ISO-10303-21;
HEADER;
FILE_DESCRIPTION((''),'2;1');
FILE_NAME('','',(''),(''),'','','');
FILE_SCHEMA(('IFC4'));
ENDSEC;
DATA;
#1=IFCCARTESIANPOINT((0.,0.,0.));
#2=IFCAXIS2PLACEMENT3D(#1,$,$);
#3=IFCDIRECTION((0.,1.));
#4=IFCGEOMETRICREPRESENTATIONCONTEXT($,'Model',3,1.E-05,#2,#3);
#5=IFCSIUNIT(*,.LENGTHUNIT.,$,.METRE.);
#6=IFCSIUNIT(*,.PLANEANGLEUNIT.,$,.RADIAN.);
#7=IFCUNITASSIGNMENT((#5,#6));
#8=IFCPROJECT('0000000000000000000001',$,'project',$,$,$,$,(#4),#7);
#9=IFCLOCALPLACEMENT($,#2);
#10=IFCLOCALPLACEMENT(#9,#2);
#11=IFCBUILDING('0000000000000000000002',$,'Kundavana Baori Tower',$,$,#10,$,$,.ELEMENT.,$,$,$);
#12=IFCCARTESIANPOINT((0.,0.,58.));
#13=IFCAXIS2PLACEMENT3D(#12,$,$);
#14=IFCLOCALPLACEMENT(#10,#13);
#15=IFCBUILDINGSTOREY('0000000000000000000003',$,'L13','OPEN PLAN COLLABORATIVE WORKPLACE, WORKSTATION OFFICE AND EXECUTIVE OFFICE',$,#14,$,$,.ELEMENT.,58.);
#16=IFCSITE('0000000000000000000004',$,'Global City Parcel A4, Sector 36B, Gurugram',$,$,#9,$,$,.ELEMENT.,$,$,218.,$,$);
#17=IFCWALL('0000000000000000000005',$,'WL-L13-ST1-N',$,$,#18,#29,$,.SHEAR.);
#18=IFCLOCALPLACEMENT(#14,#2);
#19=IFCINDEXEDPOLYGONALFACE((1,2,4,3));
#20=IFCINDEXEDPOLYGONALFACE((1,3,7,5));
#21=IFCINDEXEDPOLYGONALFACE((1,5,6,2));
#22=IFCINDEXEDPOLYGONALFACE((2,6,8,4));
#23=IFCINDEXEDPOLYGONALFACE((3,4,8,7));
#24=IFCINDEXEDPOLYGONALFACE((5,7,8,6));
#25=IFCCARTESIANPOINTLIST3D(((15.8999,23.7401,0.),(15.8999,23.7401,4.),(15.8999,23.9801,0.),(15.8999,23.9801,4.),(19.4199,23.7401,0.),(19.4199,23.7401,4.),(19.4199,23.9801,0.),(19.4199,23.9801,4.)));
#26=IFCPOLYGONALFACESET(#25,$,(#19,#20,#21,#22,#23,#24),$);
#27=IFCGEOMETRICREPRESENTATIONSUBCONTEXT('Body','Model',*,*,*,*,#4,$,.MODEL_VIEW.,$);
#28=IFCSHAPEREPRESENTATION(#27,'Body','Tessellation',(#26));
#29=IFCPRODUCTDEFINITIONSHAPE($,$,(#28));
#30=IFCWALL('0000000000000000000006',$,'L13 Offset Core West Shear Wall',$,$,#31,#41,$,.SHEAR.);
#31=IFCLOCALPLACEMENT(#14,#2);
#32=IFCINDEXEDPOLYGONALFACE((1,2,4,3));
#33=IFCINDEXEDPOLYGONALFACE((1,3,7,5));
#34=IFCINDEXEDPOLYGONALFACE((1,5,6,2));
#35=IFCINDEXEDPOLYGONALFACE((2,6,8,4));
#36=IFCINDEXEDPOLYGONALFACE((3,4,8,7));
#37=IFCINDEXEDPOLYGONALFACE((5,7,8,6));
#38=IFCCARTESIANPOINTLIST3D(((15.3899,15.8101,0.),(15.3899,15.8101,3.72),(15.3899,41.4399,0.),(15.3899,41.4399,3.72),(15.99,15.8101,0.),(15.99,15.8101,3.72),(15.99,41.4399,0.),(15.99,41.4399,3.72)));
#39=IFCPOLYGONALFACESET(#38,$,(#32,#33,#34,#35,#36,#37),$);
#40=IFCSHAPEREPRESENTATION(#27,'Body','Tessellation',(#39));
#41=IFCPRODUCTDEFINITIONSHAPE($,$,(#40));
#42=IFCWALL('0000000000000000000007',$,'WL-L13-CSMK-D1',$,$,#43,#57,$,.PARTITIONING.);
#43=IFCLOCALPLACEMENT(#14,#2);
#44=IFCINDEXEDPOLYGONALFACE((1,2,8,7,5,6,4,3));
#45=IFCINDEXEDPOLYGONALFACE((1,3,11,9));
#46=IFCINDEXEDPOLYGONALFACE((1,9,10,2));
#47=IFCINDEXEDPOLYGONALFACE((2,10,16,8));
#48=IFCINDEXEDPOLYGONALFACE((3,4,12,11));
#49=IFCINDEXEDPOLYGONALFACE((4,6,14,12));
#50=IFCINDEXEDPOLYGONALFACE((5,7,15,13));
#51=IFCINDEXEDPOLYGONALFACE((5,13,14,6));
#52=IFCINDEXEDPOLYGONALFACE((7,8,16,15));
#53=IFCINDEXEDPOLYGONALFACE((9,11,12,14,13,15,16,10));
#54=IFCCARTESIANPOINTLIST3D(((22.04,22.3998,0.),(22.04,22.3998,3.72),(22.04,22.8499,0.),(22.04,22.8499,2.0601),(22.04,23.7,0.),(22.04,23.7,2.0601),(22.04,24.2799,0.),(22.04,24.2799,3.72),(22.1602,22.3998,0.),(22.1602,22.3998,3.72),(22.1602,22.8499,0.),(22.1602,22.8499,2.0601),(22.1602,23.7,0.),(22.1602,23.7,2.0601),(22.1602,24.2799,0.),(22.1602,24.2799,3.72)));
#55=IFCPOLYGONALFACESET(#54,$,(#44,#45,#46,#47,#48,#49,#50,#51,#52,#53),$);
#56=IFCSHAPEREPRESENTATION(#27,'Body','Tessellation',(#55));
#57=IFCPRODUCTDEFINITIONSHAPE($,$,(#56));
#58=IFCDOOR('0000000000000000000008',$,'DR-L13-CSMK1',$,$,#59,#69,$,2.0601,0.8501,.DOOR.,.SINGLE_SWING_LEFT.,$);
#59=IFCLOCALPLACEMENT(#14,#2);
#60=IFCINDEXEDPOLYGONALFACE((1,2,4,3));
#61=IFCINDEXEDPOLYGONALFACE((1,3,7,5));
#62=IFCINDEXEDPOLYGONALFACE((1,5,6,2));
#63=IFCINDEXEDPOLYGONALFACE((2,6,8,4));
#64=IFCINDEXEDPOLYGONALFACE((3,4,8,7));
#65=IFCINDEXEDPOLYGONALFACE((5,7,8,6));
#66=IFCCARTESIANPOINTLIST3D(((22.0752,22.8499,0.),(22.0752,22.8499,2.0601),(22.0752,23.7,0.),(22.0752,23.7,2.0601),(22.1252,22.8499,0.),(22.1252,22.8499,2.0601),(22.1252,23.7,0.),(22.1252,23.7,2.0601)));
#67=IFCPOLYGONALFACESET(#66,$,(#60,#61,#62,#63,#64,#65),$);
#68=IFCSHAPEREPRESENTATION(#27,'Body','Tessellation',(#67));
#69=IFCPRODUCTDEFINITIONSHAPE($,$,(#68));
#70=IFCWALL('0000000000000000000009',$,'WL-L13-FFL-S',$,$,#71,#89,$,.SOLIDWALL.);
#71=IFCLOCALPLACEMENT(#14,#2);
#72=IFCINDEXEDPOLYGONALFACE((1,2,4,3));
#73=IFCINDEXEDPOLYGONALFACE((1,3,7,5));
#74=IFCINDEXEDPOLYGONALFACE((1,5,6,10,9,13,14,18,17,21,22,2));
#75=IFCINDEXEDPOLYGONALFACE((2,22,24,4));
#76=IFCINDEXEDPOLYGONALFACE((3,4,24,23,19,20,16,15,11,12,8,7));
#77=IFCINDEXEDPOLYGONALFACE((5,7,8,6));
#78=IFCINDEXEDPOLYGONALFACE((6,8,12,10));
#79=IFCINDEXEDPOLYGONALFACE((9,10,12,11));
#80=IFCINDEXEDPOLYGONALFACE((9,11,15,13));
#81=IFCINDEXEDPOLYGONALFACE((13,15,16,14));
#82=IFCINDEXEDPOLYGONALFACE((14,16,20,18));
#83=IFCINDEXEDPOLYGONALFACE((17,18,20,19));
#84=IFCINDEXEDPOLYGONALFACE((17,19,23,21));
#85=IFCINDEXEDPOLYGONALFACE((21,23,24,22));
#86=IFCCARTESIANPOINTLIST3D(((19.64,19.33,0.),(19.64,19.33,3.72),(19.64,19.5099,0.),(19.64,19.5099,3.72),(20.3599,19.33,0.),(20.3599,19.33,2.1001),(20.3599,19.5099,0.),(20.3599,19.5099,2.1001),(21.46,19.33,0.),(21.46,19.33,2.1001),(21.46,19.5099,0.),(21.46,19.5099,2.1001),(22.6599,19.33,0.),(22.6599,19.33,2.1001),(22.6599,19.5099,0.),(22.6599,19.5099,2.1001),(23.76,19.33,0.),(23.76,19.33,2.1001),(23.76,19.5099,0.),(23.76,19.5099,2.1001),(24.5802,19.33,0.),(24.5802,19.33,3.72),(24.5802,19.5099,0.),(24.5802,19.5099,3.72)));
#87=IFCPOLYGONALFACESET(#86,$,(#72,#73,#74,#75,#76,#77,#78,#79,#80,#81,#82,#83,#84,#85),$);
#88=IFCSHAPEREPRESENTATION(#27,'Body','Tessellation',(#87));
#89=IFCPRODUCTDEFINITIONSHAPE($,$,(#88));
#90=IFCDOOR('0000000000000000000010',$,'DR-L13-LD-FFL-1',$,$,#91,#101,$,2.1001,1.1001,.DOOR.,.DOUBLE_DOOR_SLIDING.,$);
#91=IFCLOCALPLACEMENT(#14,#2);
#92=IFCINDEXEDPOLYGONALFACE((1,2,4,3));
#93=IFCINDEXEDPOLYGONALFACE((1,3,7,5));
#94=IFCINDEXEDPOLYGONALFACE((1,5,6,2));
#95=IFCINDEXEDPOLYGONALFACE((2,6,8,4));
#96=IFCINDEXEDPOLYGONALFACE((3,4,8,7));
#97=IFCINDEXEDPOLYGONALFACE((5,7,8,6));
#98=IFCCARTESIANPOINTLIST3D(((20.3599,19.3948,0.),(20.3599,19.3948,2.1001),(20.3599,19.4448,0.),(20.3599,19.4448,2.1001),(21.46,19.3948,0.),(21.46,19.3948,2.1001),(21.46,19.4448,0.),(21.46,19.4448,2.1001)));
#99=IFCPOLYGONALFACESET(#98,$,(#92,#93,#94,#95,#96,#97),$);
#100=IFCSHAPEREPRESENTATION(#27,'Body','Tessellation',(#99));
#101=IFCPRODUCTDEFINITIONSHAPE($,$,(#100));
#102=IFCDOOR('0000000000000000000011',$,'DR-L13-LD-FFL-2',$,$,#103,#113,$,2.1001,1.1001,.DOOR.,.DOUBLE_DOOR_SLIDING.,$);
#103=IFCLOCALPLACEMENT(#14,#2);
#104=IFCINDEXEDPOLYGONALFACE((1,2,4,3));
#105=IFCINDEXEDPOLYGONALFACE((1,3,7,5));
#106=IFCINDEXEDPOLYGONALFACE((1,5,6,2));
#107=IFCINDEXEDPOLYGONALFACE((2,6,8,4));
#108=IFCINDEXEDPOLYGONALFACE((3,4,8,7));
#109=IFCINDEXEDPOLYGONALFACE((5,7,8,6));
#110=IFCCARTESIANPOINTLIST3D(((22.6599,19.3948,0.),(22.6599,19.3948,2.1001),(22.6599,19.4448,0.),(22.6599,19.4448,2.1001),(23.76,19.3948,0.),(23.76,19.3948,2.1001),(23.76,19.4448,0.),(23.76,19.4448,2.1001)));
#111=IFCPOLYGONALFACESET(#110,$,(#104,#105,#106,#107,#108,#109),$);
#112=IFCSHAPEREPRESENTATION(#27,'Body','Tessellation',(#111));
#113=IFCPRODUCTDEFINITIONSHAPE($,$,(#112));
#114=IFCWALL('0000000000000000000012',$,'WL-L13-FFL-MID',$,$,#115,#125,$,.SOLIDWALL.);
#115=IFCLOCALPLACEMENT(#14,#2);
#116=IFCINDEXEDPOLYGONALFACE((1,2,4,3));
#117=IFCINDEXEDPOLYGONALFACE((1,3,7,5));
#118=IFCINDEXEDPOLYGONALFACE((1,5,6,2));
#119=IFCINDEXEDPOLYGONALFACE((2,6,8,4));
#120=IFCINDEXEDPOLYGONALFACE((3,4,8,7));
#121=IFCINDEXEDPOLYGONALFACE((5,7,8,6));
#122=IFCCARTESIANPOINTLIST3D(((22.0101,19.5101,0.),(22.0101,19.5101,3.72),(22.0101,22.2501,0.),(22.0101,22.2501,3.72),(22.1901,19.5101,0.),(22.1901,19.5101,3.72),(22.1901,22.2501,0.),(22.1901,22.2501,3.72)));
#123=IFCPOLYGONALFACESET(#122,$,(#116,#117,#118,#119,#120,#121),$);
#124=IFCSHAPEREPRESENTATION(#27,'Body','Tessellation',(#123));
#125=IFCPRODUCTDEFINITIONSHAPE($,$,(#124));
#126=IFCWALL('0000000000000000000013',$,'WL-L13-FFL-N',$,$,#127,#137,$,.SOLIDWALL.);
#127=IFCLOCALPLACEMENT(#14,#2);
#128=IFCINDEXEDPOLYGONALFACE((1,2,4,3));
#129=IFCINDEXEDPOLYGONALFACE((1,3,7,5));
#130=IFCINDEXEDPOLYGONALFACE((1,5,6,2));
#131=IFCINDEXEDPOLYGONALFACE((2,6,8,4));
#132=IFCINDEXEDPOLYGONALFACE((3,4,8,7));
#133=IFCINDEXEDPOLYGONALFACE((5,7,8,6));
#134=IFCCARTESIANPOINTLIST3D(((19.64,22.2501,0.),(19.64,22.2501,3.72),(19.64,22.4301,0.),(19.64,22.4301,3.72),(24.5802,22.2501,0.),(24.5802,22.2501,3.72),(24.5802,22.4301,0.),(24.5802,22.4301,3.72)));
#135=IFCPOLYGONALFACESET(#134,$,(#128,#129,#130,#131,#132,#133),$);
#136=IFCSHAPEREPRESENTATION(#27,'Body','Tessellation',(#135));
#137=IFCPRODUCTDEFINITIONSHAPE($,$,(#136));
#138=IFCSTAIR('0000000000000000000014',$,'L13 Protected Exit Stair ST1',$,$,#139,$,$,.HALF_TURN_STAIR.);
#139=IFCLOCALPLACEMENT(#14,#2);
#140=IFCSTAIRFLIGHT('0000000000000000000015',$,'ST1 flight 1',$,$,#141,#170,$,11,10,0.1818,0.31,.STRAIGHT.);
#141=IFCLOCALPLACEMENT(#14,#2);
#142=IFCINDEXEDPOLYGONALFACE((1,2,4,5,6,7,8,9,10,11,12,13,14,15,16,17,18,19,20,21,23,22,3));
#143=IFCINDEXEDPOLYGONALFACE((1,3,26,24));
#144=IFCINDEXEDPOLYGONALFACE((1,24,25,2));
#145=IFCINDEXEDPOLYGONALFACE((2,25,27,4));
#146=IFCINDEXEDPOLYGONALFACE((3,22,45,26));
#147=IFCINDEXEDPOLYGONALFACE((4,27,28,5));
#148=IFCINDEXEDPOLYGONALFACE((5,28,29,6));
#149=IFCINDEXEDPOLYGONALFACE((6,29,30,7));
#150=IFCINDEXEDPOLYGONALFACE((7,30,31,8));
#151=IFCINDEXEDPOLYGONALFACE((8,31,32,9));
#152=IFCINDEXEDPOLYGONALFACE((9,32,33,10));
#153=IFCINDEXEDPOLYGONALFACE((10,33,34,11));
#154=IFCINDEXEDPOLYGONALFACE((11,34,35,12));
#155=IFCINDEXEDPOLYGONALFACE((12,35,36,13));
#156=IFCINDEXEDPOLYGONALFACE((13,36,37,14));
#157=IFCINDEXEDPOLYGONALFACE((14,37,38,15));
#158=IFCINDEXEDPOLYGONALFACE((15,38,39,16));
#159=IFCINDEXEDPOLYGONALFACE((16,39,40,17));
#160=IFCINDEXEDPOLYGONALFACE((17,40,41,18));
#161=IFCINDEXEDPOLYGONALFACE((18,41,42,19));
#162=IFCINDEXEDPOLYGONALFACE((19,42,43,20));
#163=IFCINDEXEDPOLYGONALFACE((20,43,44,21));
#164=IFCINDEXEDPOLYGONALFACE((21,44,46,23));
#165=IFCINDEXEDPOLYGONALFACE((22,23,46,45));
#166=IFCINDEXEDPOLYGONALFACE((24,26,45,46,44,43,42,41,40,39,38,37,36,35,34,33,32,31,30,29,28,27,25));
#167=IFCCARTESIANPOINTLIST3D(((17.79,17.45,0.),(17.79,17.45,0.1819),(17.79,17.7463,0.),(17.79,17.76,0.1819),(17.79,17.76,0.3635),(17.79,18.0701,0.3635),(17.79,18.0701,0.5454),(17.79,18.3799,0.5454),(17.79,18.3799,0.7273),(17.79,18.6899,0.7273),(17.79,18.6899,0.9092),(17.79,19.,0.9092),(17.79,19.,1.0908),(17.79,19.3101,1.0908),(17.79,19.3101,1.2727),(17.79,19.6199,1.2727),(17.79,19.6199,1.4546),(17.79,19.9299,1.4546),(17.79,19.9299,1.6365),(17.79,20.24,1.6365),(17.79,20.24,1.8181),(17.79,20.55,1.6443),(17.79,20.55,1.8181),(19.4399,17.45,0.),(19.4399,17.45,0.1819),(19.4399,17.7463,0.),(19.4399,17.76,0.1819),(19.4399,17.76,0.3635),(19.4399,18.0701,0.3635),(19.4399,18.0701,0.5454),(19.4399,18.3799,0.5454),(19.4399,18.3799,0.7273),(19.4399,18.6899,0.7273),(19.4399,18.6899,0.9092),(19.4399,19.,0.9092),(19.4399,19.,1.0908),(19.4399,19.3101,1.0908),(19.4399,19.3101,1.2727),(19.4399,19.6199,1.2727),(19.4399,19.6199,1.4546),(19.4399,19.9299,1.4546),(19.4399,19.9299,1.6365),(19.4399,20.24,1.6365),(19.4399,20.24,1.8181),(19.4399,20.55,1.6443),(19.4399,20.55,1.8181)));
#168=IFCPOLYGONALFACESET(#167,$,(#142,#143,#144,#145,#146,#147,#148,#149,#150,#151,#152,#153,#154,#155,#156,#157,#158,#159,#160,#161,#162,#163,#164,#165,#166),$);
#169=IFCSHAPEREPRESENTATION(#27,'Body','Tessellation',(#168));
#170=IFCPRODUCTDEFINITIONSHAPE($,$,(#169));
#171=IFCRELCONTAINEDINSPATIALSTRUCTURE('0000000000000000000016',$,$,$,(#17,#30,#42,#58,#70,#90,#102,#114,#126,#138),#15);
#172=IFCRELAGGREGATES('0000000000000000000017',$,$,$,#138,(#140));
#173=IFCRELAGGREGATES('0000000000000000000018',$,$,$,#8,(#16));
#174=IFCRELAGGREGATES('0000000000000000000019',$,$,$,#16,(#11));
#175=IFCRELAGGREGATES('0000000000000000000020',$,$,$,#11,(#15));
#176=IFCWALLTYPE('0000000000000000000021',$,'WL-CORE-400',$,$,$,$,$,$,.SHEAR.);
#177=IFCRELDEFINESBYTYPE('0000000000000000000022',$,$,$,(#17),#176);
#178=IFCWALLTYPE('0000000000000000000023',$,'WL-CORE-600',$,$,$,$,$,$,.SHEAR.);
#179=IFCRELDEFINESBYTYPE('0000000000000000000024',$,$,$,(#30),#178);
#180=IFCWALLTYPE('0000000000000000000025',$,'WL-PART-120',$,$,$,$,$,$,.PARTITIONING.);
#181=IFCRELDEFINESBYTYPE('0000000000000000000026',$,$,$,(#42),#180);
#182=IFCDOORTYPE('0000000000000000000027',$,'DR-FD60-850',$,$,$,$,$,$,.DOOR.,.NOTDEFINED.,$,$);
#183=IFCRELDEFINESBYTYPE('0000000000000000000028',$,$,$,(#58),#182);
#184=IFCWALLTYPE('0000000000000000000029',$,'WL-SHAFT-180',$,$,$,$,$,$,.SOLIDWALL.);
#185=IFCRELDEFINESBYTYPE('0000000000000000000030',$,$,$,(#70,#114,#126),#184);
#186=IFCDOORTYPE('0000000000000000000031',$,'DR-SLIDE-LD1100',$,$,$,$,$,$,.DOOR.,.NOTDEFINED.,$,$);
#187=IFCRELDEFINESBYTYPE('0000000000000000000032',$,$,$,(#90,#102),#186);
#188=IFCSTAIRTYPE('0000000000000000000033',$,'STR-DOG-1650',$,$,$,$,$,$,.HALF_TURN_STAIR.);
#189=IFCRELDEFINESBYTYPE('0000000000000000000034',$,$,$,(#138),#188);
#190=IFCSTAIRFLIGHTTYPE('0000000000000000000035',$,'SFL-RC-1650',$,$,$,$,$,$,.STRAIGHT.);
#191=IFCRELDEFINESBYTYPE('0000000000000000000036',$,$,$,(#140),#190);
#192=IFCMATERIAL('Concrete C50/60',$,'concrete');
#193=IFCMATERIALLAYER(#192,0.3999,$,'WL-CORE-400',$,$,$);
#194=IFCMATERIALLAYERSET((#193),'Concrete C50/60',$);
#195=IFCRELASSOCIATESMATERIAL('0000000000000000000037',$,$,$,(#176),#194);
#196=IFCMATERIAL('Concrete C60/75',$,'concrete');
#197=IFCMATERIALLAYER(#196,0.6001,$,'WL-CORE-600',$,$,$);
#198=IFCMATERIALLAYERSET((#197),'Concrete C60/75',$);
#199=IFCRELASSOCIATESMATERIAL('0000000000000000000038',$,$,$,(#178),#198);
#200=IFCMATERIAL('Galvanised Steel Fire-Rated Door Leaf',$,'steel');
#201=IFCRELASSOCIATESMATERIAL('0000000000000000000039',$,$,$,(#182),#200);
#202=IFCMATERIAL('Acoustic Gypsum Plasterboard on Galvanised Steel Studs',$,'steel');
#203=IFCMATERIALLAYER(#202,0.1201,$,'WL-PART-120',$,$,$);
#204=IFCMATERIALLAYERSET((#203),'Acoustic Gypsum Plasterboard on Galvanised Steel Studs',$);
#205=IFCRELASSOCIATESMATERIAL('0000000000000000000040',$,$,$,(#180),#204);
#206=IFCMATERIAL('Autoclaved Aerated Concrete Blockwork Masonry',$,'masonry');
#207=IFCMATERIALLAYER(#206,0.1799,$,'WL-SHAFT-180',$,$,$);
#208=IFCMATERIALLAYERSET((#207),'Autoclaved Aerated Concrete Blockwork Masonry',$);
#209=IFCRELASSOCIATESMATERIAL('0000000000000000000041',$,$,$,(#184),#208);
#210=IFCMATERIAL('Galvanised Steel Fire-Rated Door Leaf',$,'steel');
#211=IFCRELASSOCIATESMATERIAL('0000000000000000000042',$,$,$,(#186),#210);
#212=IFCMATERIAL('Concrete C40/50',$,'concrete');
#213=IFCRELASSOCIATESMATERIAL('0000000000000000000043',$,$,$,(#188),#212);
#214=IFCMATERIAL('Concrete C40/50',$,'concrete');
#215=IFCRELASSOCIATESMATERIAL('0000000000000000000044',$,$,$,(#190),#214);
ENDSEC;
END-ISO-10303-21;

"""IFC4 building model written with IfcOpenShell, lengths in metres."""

from ifc_helpers import new_model, si_unit, direction, frame, frame_2d, origin, place, context, subcontext, project, spatial, polyline, rectangle, outline, extrude, material, layer, layer_set, type_object, element, fill, aggregate, save


model = new_model("IFC4")

# Units and contexts
model_context = context("Model", 3, precision=1e-05, world=origin(), true_north=direction((0.0, 1.0)))
body_context = subcontext(model_context, "Body", "Model", "MODEL_VIEW")
ifc_project = project(units=[si_unit("LENGTHUNIT", "METRE"), si_unit("PLANEANGLEUNIT", "RADIAN")], contexts=[model_context])

# Site, building, storey
site_placement = place(None, origin())
site = spatial("IfcSite", under=ifc_project, at=site_placement, Name="Global City Parcel A4, Sector 36B, Gurugram", CompositionType="ELEMENT", RefElevation=218.0)
building_placement = place(site_placement, origin())
building = spatial("IfcBuilding", under=site, at=building_placement, Name="Kundavana Baori Tower", CompositionType="ELEMENT")
storey_placement = place(building_placement, frame((0.0, 0.0, 58.0)))
storey = spatial("IfcBuildingStorey", under=building, at=storey_placement, Name="L13", Description="OPEN PLAN COLLABORATIVE WORKPLACE, WORKSTATION OFFICE AND EXECUTIVE OFFICE", CompositionType="ELEMENT", Elevation=58.0)

# Walls
ifc_material_1 = material(Name="Concrete C50/60", Category="concrete")
ifc_layer_1 = layer(ifc_material_1, 0.3999, Name="WL-CORE-400")
ifc_layer_set_1 = layer_set([ifc_layer_1], Name="Concrete C50/60")
wall_type_1 = type_object("IfcWallType", Name="WL-CORE-400", PredefinedType="SHEAR", material=ifc_layer_set_1)
wall_1_placement = place(storey_placement, frame((15.8999, 23.8601, 0.0), z_axis=(0.0, 0.0, 1.0), x_axis=(1.0, 0.0, 0.0)))
element("IfcWall", 1, at=wall_1_placement, inside=storey, type_object=wall_type_1, Name="WL-L13-ST1-N", PredefinedType="SHEAR", context=body_context, shape_type="SweptSolid", body=[
    extrude(rectangle(XDim=3.52, YDim=0.24, at=frame_2d((1.76, 0.0))), origin(), (0.0, 0.0, 1.0), 4.0),
])
ifc_material_2 = material(Name="Concrete C60/75", Category="concrete")
ifc_layer_2 = layer(ifc_material_2, 0.6001, Name="WL-CORE-600")
ifc_layer_set_2 = layer_set([ifc_layer_2], Name="Concrete C60/75")
wall_type_2 = type_object("IfcWallType", Name="WL-CORE-600", PredefinedType="SHEAR", material=ifc_layer_set_2)
wall_2_placement = place(storey_placement, frame((15.6899, 15.8101, 0.0), z_axis=(0.0, 0.0, 1.0), x_axis=(0.0, 1.0, 0.0)))
element("IfcWall", 2, at=wall_2_placement, inside=storey, type_object=wall_type_2, Name="L13 Offset Core West Shear Wall", PredefinedType="SHEAR", context=body_context, shape_type="SweptSolid", body=[
    extrude(rectangle(XDim=25.6299, YDim=0.6001, at=frame_2d((12.8149, 0.0))), origin(), (0.0, 0.0, 1.0), 3.72),
])

# Shared definitions
ifc_material_3 = material(Name="Galvanised Steel Fire-Rated Door Leaf", Category="steel")
door_type_1 = type_object("IfcDoorType", Name="DR-FD60-850", OperationType="NOTDEFINED", PredefinedType="DOOR", material=ifc_material_3)

# Wall, opening, door
ifc_material_4 = material(Name="Acoustic Gypsum Plasterboard on Galvanised Steel Studs", Category="steel")
ifc_layer_3 = layer(ifc_material_4, 0.1201, Name="WL-PART-120")
ifc_layer_set_3 = layer_set([ifc_layer_3], Name="Acoustic Gypsum Plasterboard on Galvanised Steel Studs")
wall_type_3 = type_object("IfcWallType", Name="WL-PART-120", PredefinedType="PARTITIONING", material=ifc_layer_set_3)
wall_3_placement = place(storey_placement, frame((22.1001, 22.3999, 0.0), z_axis=(0.0, 0.0, 1.0), x_axis=(0.0, 1.0, 0.0)))
wall_3 = element("IfcWall", 3, at=wall_3_placement, inside=storey, type_object=wall_type_3, Name="WL-L13-CSMK-D1", PredefinedType="PARTITIONING", context=body_context, shape_type="SweptSolid", body=[
    extrude(rectangle(XDim=1.8801, YDim=0.1201, at=frame_2d((0.9399, 0.0))), origin(), (0.0, 0.0, 1.0), 3.72),
])
opening_1_placement = place(wall_3_placement, frame((0.45, 0.0, 0.0)))
opening_1 = element("IfcOpeningElement", 4, at=opening_1_placement, cuts=wall_3, PredefinedType="OPENING", context=body_context, shape_type="SweptSolid", body=[
    extrude(rectangle(XDim=0.8501, YDim=2.0601, at=frame_2d((0.425, 1.03))), frame((0.0, 0.0701, 0.0), z_axis=(0.0, -1.0, 0.0), x_axis=(1.0, 0.0, 0.0)), (0.0, 0.0, 1.0), 0.1401),
])
door_1_placement = place(opening_1_placement, origin())
door_1 = element("IfcDoor", 5, at=door_1_placement, inside=storey, type_object=door_type_1, Name="DR-L13-CSMK1", OperationType="SINGLE_SWING_LEFT", OverallHeight=2.0601, OverallWidth=0.8501, PredefinedType="DOOR", context=body_context, shape_type="SweptSolid", body=[
    extrude(rectangle(XDim=0.8501, YDim=2.0601, at=frame_2d((0.425, 1.03))), frame((0.0, 0.0249, 0.0), z_axis=(0.0, -1.0, 0.0), x_axis=(1.0, 0.0, 0.0)), (0.0, 0.0, 1.0), 0.05),
])
fill(opening_1, door_1)

# Wall, openings, doors
ifc_material_5 = material(Name="Autoclaved Aerated Concrete Blockwork Masonry", Category="masonry")
ifc_layer_4 = layer(ifc_material_5, 0.1799, Name="WL-SHAFT-180")
ifc_layer_set_4 = layer_set([ifc_layer_4], Name="Autoclaved Aerated Concrete Blockwork Masonry")
wall_type_4 = type_object("IfcWallType", Name="WL-SHAFT-180", PredefinedType="SOLIDWALL", material=ifc_layer_set_4)
wall_4_placement = place(storey_placement, frame((19.6399, 19.4199, 0.0), z_axis=(0.0, 0.0, 1.0), x_axis=(1.0, 0.0, 0.0)))
wall_4 = element("IfcWall", 6, at=wall_4_placement, inside=storey, type_object=wall_type_4, Name="WL-L13-FFL-S", PredefinedType="SOLIDWALL", context=body_context, shape_type="SweptSolid", body=[
    extrude(rectangle(XDim=4.9402, YDim=0.1799, at=frame_2d((2.4702, 0.0))), origin(), (0.0, 0.0, 1.0), 3.72),
])
opening_2_placement = place(wall_4_placement, frame((0.72, 0.0, 0.0)))
opening_2 = element("IfcOpeningElement", 7, at=opening_2_placement, cuts=wall_4, PredefinedType="OPENING", context=body_context, shape_type="SweptSolid", body=[
    extrude(rectangle(XDim=1.1001, YDim=2.1001, at=frame_2d((0.55, 1.05))), frame((0.0, 0.1001, 0.0), z_axis=(0.0, -1.0, 0.0), x_axis=(1.0, 0.0, 0.0)), (0.0, 0.0, 1.0), 0.2),
])
opening_3_placement = place(wall_4_placement, frame((3.02, 0.0, 0.0)))
opening_3 = element("IfcOpeningElement", 8, at=opening_3_placement, cuts=wall_4, PredefinedType="OPENING", context=body_context, shape_type="SweptSolid", body=[
    extrude(rectangle(XDim=1.1001, YDim=2.1001, at=frame_2d((0.55, 1.05))), frame((0.0, 0.1001, 0.0), z_axis=(0.0, -1.0, 0.0), x_axis=(1.0, 0.0, 0.0)), (0.0, 0.0, 1.0), 0.2),
])
ifc_material_6 = material(Name="Galvanised Steel Fire-Rated Door Leaf", Category="steel")
door_type_2 = type_object("IfcDoorType", Name="DR-SLIDE-LD1100", OperationType="NOTDEFINED", PredefinedType="DOOR", material=ifc_material_6)
door_2_placement = place(opening_2_placement, origin())
door_2 = element("IfcDoor", 9, at=door_2_placement, inside=storey, type_object=door_type_2, Name="DR-L13-LD-FFL-1", OperationType="DOUBLE_DOOR_SLIDING", OverallHeight=2.1001, OverallWidth=1.1001, PredefinedType="DOOR", context=body_context, shape_type="SweptSolid", body=[
    extrude(rectangle(XDim=1.1001, YDim=2.1001, at=frame_2d((0.55, 1.05))), frame((0.0, 0.0249, 0.0), z_axis=(0.0, -1.0, 0.0), x_axis=(1.0, 0.0, 0.0)), (0.0, 0.0, 1.0), 0.05),
])
fill(opening_2, door_2)
door_3_placement = place(opening_3_placement, origin())
door_3 = element("IfcDoor", 10, at=door_3_placement, inside=storey, type_object=door_type_2, Name="DR-L13-LD-FFL-2", OperationType="DOUBLE_DOOR_SLIDING", OverallHeight=2.1001, OverallWidth=1.1001, PredefinedType="DOOR", context=body_context, shape_type="SweptSolid", body=[
    extrude(rectangle(XDim=1.1001, YDim=2.1001, at=frame_2d((0.55, 1.05))), frame((0.0, 0.0249, 0.0), z_axis=(0.0, -1.0, 0.0), x_axis=(1.0, 0.0, 0.0)), (0.0, 0.0, 1.0), 0.05),
])
fill(opening_3, door_3)

# Walls
wall_5_placement = place(storey_placement, frame((22.1001, 19.51, 0.0), z_axis=(0.0, 0.0, 1.0), x_axis=(0.0, 1.0, 0.0)))
element("IfcWall", 11, at=wall_5_placement, inside=storey, type_object=wall_type_4, Name="WL-L13-FFL-MID", PredefinedType="SOLIDWALL", context=body_context, shape_type="SweptSolid", body=[
    extrude(rectangle(XDim=2.74, YDim=0.1799, at=frame_2d((1.3701, 0.0))), origin(), (0.0, 0.0, 1.0), 3.72),
])
wall_6_placement = place(storey_placement, frame((19.6399, 22.3401, 0.0), z_axis=(0.0, 0.0, 1.0), x_axis=(1.0, 0.0, 0.0)))
element("IfcWall", 12, at=wall_6_placement, inside=storey, type_object=wall_type_4, Name="WL-L13-FFL-N", PredefinedType="SOLIDWALL", context=body_context, shape_type="SweptSolid", body=[
    extrude(rectangle(XDim=4.9402, YDim=0.1799, at=frame_2d((2.4702, 0.0))), origin(), (0.0, 0.0, 1.0), 3.72),
])

# Stair, stair flight
ifc_material_7 = material(Name="Concrete C40/50", Category="concrete")
stair_type = type_object("IfcStairType", Name="STR-DOG-1650", PredefinedType="HALF_TURN_STAIR", material=ifc_material_7)
stair_placement = place(storey_placement, origin())
stair = element("IfcStair", 13, at=stair_placement, inside=storey, type_object=stair_type, Name="L13 Protected Exit Stair ST1", PredefinedType="HALF_TURN_STAIR")
ifc_material_8 = material(Name="Concrete C40/50", Category="concrete")
stair_flight_type = type_object("IfcStairFlightType", Name="SFL-RC-1650", PredefinedType="STRAIGHT", material=ifc_material_8)
stair_flight_1_placement = place(storey_placement, frame((18.615, 17.45, 0.0), z_axis=(0.0, 0.0, 1.0), x_axis=(0.0, 1.0, 0.0)))
stair_flight_1 = element("IfcStairFlight", 14, at=stair_flight_1_placement, type_object=stair_flight_type, Name="ST1 flight 1", NumberOfRisers=11, NumberOfTreads=10, PredefinedType="STRAIGHT", RiserHeight=0.1818, TreadLength=0.31, context=body_context, shape_type="SweptSolid", body=[
    extrude(outline(polyline([(0.0, 0.0), (0.0, 0.1819), (0.3101, 0.1819), (0.3101, 0.3635), (0.6201, 0.3635), (0.6201, 0.5454), (0.9299, 0.5454), (0.9299, 0.7273), (1.24, 0.7273), (1.24, 0.9092), (1.55, 0.9092), (1.55, 1.0908), (1.8601, 1.0908), (1.8601, 1.2727), (2.1699, 1.2727), (2.1699, 1.4546), (2.48, 1.4546), (2.48, 1.6365), (2.79, 1.6365), (2.79, 1.8181), (3.1001, 1.8181), (3.1001, 2.0), (3.1001, 1.6443), (0.2964, 0.0), (0.0, 0.0)])), frame((0.0, 0.825, 0.0), z_axis=(0.0, -1.0, 0.0), x_axis=(1.0, 0.0, 0.0)), (0.0, 0.0, 1.0), 1.6499),
])
aggregate(stair, [stair_flight_1])

save(model, "model.ifc")
